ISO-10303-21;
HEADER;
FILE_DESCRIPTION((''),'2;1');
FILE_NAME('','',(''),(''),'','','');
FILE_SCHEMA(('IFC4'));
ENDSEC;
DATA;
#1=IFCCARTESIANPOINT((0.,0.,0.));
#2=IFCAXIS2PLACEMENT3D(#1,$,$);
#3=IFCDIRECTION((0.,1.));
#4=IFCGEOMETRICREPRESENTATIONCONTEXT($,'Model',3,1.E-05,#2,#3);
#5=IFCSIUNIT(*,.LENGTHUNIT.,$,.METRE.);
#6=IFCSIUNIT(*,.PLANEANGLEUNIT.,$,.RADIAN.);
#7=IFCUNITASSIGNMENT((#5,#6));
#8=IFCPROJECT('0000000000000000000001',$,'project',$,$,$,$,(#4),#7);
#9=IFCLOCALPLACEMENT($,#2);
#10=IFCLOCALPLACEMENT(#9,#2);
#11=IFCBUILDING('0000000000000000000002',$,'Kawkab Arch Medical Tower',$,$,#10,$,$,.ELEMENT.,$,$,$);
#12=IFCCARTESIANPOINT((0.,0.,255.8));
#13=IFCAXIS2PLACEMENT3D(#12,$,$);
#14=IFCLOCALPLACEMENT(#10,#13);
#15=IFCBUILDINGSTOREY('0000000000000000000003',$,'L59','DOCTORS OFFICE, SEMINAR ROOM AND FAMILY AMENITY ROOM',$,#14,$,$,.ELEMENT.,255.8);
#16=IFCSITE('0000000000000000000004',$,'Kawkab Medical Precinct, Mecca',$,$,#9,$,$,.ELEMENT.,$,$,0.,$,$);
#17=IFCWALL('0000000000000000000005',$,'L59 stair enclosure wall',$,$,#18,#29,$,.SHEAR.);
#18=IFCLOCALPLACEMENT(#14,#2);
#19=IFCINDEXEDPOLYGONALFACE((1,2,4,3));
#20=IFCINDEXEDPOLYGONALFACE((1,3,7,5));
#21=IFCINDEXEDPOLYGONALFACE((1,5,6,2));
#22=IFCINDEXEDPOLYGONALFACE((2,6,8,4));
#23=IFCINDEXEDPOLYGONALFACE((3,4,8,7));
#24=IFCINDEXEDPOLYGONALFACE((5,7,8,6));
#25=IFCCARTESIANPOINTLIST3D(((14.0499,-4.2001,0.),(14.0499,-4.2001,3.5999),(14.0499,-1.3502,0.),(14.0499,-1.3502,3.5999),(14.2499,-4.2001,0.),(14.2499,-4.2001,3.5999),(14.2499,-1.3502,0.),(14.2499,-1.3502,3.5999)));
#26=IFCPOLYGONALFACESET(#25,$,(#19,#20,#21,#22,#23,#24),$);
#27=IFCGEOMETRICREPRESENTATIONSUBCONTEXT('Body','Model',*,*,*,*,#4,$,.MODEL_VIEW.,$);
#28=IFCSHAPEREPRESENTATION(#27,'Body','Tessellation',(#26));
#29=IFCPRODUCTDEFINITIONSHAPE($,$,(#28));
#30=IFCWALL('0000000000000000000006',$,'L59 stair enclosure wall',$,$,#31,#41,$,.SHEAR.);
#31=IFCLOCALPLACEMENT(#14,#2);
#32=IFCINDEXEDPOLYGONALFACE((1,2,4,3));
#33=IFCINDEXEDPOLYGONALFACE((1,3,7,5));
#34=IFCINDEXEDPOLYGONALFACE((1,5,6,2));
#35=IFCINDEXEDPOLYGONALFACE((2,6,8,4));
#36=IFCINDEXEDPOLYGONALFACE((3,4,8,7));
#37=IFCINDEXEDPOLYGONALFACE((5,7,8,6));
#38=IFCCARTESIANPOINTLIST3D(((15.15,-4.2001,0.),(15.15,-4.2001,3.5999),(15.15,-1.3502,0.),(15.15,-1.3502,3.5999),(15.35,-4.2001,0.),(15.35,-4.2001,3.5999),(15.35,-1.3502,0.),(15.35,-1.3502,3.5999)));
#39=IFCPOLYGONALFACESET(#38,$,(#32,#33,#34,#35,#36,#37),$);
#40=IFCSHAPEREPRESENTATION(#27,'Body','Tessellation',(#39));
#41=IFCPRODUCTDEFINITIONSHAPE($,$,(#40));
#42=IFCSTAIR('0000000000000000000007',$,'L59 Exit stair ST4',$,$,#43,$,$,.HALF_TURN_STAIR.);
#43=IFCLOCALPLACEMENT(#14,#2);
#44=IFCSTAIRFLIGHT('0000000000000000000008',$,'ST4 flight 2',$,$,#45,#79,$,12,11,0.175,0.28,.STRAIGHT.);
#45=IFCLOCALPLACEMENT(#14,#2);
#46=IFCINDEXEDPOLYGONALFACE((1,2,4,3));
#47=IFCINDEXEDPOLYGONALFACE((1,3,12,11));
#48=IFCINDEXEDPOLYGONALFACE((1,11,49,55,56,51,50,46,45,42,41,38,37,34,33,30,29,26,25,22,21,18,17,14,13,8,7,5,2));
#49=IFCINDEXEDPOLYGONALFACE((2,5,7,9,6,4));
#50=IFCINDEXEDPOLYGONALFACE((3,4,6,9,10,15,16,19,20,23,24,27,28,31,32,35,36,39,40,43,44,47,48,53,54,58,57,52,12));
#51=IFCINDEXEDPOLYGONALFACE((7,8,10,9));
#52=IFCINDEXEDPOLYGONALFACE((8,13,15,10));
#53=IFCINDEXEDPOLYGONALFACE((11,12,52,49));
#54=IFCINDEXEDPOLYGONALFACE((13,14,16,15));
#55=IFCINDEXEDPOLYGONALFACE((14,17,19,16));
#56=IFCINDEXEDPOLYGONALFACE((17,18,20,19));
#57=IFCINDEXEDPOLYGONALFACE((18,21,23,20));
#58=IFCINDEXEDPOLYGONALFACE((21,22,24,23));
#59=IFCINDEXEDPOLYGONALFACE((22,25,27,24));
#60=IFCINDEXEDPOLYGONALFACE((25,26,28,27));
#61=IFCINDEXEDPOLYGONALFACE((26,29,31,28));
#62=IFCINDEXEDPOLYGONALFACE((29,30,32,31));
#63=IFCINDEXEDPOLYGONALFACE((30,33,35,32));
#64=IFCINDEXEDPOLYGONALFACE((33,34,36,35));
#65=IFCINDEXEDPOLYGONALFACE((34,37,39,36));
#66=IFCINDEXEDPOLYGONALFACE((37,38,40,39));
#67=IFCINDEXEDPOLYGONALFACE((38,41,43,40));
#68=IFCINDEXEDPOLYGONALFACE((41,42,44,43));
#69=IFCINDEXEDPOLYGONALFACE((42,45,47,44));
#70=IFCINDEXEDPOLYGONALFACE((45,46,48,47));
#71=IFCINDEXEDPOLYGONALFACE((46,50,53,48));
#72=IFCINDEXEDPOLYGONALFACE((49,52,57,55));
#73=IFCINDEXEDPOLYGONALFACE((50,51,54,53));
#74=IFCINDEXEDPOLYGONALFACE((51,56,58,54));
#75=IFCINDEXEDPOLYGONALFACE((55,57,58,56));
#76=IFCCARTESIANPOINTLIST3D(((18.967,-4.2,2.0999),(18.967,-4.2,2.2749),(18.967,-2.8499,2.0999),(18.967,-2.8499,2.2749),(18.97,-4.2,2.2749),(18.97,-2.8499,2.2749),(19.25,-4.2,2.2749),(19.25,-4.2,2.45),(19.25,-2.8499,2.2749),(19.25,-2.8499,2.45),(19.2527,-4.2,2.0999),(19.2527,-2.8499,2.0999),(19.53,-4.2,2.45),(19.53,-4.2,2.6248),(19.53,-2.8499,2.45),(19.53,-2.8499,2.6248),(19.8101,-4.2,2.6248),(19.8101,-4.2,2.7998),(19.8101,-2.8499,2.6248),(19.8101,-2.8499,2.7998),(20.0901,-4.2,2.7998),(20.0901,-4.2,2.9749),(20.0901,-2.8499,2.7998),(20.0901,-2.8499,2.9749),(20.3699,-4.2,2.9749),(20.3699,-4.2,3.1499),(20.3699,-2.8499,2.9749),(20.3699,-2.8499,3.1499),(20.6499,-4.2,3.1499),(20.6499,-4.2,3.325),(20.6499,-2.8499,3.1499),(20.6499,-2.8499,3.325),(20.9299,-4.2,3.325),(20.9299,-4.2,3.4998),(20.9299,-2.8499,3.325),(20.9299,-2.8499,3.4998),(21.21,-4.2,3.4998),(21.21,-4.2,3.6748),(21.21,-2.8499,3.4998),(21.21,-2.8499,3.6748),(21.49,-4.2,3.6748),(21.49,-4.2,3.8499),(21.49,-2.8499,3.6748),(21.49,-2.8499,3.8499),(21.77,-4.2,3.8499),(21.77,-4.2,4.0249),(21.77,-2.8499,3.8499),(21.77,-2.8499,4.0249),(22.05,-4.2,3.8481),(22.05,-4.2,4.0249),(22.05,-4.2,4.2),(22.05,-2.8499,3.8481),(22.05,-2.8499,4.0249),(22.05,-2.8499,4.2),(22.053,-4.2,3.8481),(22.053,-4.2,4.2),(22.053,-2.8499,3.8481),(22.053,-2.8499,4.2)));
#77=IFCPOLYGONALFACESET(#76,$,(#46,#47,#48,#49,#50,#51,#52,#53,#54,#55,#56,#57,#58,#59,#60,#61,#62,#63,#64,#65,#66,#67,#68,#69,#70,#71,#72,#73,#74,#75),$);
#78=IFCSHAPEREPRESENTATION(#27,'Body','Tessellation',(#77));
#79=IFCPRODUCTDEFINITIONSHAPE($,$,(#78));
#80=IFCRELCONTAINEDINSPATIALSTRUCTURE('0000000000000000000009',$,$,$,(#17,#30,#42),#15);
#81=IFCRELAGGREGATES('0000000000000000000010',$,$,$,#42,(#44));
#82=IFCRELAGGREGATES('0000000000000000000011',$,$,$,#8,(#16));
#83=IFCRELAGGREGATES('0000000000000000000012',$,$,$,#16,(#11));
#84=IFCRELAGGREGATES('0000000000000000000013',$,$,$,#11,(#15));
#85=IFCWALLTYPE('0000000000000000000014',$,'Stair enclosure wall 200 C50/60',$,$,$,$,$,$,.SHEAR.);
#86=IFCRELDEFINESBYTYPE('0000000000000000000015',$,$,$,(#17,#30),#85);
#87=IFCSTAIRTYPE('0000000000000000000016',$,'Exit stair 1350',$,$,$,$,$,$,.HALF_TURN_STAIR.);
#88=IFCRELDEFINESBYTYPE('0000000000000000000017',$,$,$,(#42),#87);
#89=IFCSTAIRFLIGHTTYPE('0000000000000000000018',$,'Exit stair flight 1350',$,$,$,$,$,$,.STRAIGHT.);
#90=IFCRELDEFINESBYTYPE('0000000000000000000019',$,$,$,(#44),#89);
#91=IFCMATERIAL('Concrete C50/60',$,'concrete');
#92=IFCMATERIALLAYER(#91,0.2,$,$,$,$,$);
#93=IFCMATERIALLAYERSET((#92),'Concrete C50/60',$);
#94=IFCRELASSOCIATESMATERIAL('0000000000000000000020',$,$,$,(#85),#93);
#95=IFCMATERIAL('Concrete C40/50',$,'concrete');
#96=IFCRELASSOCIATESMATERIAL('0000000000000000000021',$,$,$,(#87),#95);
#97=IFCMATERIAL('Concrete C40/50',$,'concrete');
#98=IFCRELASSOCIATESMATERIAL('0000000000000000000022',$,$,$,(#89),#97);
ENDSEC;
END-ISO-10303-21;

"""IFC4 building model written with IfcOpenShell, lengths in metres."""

from ifc_helpers import new_model, si_unit, direction, frame, frame_2d, origin, place, context, subcontext, project, spatial, polyline, rectangle, outline, extrude, material, layer, layer_set, type_object, element, aggregate, save


model = new_model("IFC4")

# Units and contexts
model_context = context("Model", 3, precision=1e-05, world=origin(), true_north=direction((0.0, 1.0)))
body_context = subcontext(model_context, "Body", "Model", "MODEL_VIEW")
ifc_project = project(units=[si_unit("LENGTHUNIT", "METRE"), si_unit("PLANEANGLEUNIT", "RADIAN")], contexts=[model_context])

# Site, building, storey
site_placement = place(None, origin())
site = spatial("IfcSite", under=ifc_project, at=site_placement, Name="Kawkab Medical Precinct, Mecca", CompositionType="ELEMENT", RefElevation=0.0)
building_placement = place(site_placement, origin())
building = spatial("IfcBuilding", under=site, at=building_placement, Name="Kawkab Arch Medical Tower", CompositionType="ELEMENT")
storey_placement = place(building_placement, frame((0.0, 0.0, 255.8)))
storey = spatial("IfcBuildingStorey", under=building, at=storey_placement, Name="L59", Description="DOCTORS OFFICE, SEMINAR ROOM AND FAMILY AMENITY ROOM", CompositionType="ELEMENT", Elevation=255.8)

# Walls
ifc_material_1 = material(Name="Concrete C50/60", Category="concrete")
ifc_layer_1 = layer(ifc_material_1, 0.2)
ifc_layer_set_1 = layer_set([ifc_layer_1], Name="Concrete C50/60")
wall_type_1 = type_object("IfcWallType", Name="Stair enclosure wall 200 C50/60", PredefinedType="SHEAR", material=ifc_layer_set_1)
for number, where, z_axis, x_axis, name in (
    (1, (14.1499, -4.2, 0.0), (0.0, 0.0, 1.0), (0.0, 1.0, 0.0), "L59 stair enclosure wall"),
    (2, (15.25, -4.2, 0.0), (0.0, 0.0, 1.0), (0.0, 1.0, 0.0), "L59 stair enclosure wall"),
):
    element("IfcWall", number, at=place(storey_placement, frame(where, z_axis=z_axis, x_axis=x_axis)), inside=storey, type_object=wall_type_1, Name=name, PredefinedType="SHEAR", context=body_context, shape_type="SweptSolid", body=[
        extrude(rectangle(XDim=2.8499, YDim=0.2, at=frame_2d((1.4248, 0.0))), origin(), (0.0, 0.0, 1.0), 3.5999),
    ])

# Stair, stair flight
ifc_material_2 = material(Name="Concrete C40/50", Category="concrete")
stair_type = type_object("IfcStairType", Name="Exit stair 1350", PredefinedType="HALF_TURN_STAIR", material=ifc_material_2)
stair_placement = place(storey_placement, origin())
stair = element("IfcStair", 3, at=stair_placement, inside=storey, type_object=stair_type, Name="L59 Exit stair ST4", PredefinedType="HALF_TURN_STAIR")
ifc_material_3 = material(Name="Concrete C40/50", Category="concrete")
stair_flight_type = type_object("IfcStairFlightType", Name="Exit stair flight 1350", PredefinedType="STRAIGHT", material=ifc_material_3)
stair_flight_placement = place(storey_placement, frame((18.97, -3.5249, 2.0999), z_axis=(0.0, 0.0, 1.0), x_axis=(1.0, 0.0, 0.0)))
stair_flight = element("IfcStairFlight", 4, at=stair_flight_placement, type_object=stair_flight_type, Name="ST4 flight 2", NumberOfRisers=12, NumberOfTreads=11, PredefinedType="STRAIGHT", RiserHeight=0.175, TreadLength=0.28, context=body_context, shape_type="SweptSolid", body=[
    extrude(outline(polyline([(-0.0029, 0.0), (-0.0029, 0.175), (0.0, 0.175), (0.28, 0.175), (0.28, 0.3501), (0.5601, 0.3501), (0.5601, 0.5249), (0.8401, 0.5249), (0.8401, 0.7), (1.1201, 0.7), (1.1201, 0.875), (1.3999, 0.875), (1.3999, 1.05), (1.6799, 1.05), (1.6799, 1.2251), (1.96, 1.2251), (1.96, 1.3999), (2.24, 1.3999), (2.24, 1.575), (2.52, 1.575), (2.52, 1.75), (2.8, 1.75), (2.8, 1.925), (3.0801, 1.925), (3.0801, 2.1001), (3.083, 2.1001), (3.083, 1.7483), (3.0801, 1.7483), (0.2827, 0.0), (-0.0029, 0.0)])), frame((0.0, 0.675, 0.0), z_axis=(0.0, -1.0, 0.0), x_axis=(1.0, 0.0, 0.0)), (0.0, 0.0, 1.0), 1.3501),
])
aggregate(stair, [stair_flight])

save(model, "model.ifc")
